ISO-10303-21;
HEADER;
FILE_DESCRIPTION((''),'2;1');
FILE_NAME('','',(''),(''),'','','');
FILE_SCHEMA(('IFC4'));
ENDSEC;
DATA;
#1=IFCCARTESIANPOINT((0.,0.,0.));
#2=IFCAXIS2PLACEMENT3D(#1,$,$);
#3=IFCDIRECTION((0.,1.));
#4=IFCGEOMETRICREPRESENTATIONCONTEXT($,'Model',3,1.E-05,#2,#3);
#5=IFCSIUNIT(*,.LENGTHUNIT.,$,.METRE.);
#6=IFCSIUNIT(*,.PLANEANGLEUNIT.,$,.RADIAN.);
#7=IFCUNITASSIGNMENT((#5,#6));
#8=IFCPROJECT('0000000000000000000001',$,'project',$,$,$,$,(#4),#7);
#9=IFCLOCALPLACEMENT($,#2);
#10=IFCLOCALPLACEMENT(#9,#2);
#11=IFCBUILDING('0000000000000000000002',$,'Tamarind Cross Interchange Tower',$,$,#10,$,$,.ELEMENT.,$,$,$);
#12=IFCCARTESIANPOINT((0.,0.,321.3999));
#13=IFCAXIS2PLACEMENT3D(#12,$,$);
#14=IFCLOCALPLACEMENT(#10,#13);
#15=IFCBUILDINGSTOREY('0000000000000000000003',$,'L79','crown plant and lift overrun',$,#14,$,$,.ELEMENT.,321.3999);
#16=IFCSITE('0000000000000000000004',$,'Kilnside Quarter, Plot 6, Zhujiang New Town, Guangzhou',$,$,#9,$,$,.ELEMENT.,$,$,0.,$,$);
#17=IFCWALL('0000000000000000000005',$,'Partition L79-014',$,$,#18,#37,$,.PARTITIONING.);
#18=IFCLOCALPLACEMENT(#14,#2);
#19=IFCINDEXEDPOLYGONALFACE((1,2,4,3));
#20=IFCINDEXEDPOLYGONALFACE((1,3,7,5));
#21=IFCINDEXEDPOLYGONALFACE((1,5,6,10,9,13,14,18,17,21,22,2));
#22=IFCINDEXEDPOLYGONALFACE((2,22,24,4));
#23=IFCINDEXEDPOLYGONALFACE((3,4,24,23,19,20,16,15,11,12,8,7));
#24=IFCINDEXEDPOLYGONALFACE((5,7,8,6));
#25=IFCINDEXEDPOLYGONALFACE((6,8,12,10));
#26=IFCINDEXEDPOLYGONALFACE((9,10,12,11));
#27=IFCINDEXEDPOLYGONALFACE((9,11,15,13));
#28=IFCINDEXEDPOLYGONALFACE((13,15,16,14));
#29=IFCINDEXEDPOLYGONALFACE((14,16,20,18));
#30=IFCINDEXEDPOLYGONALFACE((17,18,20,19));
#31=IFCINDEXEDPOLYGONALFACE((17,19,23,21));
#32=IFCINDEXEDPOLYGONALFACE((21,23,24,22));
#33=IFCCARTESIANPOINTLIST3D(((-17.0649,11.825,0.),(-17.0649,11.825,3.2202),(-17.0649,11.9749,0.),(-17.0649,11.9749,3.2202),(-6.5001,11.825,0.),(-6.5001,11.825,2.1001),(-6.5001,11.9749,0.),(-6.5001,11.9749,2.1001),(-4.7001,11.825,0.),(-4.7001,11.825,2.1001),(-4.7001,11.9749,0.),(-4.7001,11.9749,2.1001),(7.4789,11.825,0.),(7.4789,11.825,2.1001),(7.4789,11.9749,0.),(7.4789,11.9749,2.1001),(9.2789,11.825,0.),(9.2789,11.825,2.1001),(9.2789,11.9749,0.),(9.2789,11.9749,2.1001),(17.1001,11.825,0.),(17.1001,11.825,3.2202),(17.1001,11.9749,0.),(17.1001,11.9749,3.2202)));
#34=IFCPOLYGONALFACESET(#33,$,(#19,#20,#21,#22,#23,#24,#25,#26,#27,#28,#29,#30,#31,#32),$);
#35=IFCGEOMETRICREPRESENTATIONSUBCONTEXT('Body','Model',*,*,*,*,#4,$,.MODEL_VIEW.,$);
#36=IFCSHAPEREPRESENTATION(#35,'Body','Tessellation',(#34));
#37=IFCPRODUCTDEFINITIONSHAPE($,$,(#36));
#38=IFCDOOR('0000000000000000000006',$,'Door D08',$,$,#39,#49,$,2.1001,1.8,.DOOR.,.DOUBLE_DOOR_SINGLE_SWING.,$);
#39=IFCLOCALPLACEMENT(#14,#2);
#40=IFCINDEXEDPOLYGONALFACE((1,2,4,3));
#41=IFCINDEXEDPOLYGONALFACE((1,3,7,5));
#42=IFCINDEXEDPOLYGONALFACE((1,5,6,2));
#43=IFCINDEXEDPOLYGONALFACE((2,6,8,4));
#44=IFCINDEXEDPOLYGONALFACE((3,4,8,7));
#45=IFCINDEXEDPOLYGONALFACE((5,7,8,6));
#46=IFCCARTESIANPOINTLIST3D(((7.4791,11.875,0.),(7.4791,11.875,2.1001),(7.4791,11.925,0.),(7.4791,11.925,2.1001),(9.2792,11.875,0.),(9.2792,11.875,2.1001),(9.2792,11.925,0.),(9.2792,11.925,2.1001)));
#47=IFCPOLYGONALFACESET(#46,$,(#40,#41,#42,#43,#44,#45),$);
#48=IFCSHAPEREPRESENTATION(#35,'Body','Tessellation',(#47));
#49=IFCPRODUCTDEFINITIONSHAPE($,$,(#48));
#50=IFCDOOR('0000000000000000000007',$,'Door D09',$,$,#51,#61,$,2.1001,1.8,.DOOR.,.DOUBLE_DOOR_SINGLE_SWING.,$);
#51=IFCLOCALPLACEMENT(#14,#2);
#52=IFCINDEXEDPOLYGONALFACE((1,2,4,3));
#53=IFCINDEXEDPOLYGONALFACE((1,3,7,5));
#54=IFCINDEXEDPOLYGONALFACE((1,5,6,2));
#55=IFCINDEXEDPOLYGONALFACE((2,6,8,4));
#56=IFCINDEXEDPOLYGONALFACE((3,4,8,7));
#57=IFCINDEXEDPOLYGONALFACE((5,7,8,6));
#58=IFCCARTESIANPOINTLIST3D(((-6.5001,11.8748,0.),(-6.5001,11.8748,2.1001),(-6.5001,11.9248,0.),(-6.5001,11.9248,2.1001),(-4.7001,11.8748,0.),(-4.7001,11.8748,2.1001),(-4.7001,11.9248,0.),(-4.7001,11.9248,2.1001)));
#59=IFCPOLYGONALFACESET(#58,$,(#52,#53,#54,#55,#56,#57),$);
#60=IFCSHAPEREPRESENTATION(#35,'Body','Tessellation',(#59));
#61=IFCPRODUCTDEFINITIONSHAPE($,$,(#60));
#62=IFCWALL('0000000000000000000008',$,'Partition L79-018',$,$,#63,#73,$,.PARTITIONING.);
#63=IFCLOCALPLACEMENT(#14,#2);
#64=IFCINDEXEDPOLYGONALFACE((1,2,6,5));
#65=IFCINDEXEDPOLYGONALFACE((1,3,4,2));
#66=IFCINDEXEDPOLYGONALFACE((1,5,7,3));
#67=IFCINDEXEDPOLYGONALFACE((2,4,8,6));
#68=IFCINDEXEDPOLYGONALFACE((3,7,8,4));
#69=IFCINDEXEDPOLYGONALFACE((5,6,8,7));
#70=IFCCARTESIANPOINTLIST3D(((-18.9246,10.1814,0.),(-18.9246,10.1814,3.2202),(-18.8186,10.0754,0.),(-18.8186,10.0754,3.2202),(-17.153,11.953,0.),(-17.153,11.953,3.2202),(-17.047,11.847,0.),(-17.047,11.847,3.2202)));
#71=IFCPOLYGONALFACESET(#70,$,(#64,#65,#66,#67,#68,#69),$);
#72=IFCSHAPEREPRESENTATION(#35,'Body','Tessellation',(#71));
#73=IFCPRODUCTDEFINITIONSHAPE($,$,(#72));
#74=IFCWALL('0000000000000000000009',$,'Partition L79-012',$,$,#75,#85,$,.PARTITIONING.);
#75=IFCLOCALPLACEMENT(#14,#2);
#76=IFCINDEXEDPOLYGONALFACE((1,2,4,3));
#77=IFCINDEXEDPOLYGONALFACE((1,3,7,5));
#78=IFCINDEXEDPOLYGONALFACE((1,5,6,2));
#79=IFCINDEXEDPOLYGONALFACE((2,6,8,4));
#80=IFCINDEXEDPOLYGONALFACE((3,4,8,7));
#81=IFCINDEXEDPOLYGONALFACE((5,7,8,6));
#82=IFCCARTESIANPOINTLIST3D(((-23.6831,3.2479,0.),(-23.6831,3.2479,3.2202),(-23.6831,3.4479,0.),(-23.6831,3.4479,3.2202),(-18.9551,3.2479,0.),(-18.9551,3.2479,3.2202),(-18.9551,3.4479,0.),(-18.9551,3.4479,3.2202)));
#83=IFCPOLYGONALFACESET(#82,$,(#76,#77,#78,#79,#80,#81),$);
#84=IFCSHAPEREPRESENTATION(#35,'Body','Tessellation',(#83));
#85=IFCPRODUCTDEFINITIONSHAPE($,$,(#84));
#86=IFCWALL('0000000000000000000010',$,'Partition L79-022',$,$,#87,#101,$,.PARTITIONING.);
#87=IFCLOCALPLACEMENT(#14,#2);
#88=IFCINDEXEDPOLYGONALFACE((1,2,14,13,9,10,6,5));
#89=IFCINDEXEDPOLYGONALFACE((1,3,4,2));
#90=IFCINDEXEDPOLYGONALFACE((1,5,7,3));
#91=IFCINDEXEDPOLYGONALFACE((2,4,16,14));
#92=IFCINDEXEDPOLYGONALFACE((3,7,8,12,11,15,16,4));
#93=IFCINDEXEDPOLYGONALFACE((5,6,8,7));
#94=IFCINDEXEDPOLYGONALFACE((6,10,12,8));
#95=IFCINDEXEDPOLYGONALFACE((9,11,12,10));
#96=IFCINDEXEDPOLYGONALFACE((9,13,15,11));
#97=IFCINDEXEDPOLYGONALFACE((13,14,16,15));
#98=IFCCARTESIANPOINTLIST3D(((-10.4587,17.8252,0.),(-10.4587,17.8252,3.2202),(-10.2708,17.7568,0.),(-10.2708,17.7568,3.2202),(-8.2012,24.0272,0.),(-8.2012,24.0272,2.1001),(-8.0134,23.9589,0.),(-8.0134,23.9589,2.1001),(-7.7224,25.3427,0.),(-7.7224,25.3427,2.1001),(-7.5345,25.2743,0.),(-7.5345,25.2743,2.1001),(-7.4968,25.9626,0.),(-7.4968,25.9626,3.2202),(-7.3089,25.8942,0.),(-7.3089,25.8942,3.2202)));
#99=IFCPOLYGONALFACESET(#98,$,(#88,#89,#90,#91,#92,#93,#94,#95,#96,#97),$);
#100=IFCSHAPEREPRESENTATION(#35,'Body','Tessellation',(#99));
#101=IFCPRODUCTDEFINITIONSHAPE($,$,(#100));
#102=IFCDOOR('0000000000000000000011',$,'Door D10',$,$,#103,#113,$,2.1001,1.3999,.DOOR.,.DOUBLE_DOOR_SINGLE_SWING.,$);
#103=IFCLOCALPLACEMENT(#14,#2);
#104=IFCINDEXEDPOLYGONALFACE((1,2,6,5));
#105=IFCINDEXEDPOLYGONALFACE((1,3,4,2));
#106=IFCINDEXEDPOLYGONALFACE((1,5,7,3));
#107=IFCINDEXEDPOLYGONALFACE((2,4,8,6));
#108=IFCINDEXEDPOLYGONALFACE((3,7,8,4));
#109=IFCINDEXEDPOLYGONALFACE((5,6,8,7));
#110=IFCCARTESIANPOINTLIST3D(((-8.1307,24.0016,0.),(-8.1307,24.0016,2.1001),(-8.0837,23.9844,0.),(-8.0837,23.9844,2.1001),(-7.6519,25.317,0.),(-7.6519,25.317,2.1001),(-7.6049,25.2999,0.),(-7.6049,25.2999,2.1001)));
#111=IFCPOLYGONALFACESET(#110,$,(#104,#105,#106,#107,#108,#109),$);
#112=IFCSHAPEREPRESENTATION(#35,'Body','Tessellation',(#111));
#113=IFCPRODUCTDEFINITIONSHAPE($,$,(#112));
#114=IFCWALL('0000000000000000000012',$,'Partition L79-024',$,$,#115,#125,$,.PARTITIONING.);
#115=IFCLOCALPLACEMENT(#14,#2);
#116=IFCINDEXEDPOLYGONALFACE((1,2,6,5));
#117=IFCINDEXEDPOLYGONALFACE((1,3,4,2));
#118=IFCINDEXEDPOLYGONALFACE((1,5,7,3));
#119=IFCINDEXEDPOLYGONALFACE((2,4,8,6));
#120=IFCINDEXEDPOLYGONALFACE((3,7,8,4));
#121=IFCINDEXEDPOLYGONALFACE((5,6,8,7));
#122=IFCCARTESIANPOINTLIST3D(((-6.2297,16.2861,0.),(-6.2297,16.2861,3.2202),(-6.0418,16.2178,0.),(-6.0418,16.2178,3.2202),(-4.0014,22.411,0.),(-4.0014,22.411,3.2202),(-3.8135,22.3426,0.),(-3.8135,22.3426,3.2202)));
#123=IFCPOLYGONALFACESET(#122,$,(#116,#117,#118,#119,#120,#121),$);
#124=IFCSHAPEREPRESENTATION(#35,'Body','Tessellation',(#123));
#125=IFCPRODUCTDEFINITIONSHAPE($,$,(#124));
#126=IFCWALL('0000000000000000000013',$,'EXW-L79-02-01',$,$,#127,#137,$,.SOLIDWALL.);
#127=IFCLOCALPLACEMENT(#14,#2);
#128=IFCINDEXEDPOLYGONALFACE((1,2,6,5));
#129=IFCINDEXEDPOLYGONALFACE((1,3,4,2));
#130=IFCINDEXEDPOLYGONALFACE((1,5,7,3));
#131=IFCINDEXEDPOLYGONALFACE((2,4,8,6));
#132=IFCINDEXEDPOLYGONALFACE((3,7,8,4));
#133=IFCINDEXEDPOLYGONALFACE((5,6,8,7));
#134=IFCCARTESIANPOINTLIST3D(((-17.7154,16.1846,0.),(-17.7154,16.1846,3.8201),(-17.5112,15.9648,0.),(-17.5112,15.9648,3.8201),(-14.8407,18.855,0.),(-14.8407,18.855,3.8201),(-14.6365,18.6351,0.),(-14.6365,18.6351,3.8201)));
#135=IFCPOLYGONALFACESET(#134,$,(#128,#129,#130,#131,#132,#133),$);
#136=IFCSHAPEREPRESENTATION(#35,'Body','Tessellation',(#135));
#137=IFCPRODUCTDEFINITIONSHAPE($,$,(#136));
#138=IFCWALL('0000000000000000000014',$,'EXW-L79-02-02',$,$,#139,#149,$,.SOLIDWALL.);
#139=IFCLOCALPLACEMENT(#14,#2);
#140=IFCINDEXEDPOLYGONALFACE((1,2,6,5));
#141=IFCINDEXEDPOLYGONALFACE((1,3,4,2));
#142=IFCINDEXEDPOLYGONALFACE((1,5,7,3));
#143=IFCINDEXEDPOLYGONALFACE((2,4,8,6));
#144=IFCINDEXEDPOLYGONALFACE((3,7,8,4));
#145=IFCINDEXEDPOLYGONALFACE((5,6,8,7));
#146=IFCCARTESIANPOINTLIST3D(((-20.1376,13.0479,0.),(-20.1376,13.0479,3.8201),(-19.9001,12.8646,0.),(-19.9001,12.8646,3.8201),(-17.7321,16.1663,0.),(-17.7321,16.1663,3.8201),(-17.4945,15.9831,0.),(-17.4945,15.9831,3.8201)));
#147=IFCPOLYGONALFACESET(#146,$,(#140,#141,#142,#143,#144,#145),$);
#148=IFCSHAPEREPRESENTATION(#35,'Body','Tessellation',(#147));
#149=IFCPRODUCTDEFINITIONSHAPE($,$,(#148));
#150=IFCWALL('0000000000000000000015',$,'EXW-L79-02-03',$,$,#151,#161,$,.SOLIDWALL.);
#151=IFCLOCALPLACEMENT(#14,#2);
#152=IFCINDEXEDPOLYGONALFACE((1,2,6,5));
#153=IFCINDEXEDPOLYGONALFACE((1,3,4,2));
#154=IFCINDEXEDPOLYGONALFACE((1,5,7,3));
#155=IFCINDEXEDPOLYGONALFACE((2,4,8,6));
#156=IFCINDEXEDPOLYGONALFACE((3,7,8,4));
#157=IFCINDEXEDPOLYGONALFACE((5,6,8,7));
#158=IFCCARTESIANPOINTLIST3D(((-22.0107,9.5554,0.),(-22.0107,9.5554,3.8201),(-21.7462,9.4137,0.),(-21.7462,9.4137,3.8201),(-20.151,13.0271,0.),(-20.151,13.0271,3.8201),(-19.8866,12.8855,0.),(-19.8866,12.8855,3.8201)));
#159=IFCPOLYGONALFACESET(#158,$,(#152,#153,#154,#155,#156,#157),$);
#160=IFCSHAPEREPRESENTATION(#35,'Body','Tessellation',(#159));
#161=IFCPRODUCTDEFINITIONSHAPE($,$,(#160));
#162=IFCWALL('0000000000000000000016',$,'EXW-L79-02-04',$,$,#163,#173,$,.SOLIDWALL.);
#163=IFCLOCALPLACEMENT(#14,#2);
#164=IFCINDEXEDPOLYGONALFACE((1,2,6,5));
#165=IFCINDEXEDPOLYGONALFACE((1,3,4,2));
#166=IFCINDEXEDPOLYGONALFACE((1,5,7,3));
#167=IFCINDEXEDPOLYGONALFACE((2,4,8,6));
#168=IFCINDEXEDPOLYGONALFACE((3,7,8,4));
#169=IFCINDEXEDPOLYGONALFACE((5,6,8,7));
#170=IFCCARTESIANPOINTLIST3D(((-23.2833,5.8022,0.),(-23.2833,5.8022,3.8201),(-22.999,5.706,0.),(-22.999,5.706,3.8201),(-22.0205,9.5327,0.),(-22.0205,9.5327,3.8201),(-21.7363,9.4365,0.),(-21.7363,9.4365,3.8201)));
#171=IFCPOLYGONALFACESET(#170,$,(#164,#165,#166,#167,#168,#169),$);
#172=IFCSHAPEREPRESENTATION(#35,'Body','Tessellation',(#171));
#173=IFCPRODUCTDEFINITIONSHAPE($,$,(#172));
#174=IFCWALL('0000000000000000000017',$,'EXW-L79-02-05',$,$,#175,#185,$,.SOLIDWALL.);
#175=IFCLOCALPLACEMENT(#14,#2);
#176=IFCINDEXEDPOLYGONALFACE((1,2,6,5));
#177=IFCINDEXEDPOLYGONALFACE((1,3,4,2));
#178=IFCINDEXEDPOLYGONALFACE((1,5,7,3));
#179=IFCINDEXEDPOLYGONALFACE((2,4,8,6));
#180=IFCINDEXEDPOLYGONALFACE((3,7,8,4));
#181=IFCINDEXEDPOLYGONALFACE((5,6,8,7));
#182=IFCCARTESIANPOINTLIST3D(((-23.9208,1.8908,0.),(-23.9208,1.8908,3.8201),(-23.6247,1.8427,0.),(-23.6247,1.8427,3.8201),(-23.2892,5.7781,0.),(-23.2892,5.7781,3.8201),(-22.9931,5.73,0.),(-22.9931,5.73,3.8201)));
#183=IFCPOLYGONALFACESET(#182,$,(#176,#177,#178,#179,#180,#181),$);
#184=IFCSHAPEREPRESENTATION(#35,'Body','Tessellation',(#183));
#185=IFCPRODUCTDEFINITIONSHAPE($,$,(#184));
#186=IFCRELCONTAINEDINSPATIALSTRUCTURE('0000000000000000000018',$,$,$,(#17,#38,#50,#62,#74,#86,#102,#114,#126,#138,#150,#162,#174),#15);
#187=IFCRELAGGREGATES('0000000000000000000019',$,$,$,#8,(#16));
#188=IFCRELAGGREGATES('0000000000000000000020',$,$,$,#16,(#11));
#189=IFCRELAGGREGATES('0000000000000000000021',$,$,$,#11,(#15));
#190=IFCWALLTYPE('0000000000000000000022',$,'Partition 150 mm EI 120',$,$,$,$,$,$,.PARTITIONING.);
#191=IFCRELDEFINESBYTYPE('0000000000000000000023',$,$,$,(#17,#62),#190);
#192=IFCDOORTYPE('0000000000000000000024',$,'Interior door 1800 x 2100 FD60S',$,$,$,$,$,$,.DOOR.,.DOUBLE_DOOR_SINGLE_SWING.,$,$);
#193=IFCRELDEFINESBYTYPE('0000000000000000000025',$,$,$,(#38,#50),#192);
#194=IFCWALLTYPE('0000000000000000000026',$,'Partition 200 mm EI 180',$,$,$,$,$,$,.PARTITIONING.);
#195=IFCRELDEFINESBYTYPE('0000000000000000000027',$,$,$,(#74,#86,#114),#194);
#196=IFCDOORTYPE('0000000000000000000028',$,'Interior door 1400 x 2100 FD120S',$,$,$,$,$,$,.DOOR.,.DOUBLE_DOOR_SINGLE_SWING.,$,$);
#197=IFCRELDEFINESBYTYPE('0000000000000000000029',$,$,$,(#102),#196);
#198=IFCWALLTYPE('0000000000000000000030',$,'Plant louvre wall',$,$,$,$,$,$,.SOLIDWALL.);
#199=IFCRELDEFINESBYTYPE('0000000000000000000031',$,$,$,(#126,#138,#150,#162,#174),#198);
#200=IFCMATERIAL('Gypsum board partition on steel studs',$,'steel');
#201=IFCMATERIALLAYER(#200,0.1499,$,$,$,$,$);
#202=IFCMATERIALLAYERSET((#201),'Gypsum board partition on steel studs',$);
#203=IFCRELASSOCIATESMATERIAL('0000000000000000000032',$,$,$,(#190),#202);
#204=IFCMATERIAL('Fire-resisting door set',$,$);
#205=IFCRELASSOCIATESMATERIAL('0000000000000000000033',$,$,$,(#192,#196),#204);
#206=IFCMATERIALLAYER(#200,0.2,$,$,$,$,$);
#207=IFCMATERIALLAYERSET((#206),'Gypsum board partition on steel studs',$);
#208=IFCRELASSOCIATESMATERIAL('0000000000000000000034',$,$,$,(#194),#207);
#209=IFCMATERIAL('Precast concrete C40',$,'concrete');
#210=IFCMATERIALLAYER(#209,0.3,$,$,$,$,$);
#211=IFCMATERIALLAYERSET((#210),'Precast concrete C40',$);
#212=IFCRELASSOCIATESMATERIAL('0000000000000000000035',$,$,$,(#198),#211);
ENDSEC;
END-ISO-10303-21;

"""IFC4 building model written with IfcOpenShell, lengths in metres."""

from ifc_helpers import new_model, si_unit, direction, frame, frame_2d, origin, place, context, subcontext, project, spatial, rectangle, extrude, material, layer, layer_set, type_object, element, fill, save


model = new_model("IFC4")

# Units and contexts
model_context = context("Model", 3, precision=1e-05, world=origin(), true_north=direction((0.0, 1.0)))
body_context = subcontext(model_context, "Body", "Model", "MODEL_VIEW")
ifc_project = project(units=[si_unit("LENGTHUNIT", "METRE"), si_unit("PLANEANGLEUNIT", "RADIAN")], contexts=[model_context])

# Site, building, storey
site_placement = place(None, origin())
site = spatial("IfcSite", under=ifc_project, at=site_placement, Name="Kilnside Quarter, Plot 6, Zhujiang New Town, Guangzhou", CompositionType="ELEMENT", RefElevation=0.0)
building_placement = place(site_placement, origin())
building = spatial("IfcBuilding", under=site, at=building_placement, Name="Tamarind Cross Interchange Tower", CompositionType="ELEMENT")
storey_placement = place(building_placement, frame((0.0, 0.0, 321.3999)))
storey = spatial("IfcBuildingStorey", under=building, at=storey_placement, Name="L79", Description="crown plant and lift overrun", CompositionType="ELEMENT", Elevation=321.3999)

# Shared definitions
ifc_material_1 = material(Name="Gypsum board partition on steel studs", Category="steel")
ifc_layer_1 = layer(ifc_material_1, 0.1499)
ifc_layer_set_1 = layer_set([ifc_layer_1], Name="Gypsum board partition on steel studs")
wall_type_1 = type_object("IfcWallType", Name="Partition 150 mm EI 120", PredefinedType="PARTITIONING", material=ifc_layer_set_1)

# Wall, openings, doors
wall_1_placement = place(storey_placement, frame((-17.0649, 11.8999, 0.0), z_axis=(0.0, 0.0, 1.0), x_axis=(1.0, 0.0, 0.0)))
wall_1 = element("IfcWall", 1, at=wall_1_placement, inside=storey, type_object=wall_type_1, Name="Partition L79-014", PredefinedType="PARTITIONING", context=body_context, shape_type="SweptSolid", body=[
    extrude(rectangle(XDim=34.165, YDim=0.1499, at=frame_2d((17.0825, 0.0))), origin(), (0.0, 0.0, 1.0), 3.2202),
])
opening_1_placement = place(wall_1_placement, frame((24.5439, 0.0, 0.0)))
opening_1 = element("IfcOpeningElement", 2, at=opening_1_placement, cuts=wall_1, PredefinedType="OPENING", context=body_context, shape_type="SweptSolid", body=[
    extrude(rectangle(XDim=1.8, YDim=2.1001, at=frame_2d((0.8999, 1.05))), frame((0.0, 0.085, 0.0), z_axis=(0.0, -1.0, 0.0), x_axis=(1.0, 0.0, 0.0)), (0.0, 0.0, 1.0), 0.1699),
])
opening_2_placement = place(wall_1_placement, frame((10.5649, 0.0, 0.0)))
opening_2 = element("IfcOpeningElement", 3, at=opening_2_placement, cuts=wall_1, PredefinedType="OPENING", context=body_context, shape_type="SweptSolid", body=[
    extrude(rectangle(XDim=1.8, YDim=2.1001, at=frame_2d((0.8999, 1.05))), frame((0.0, 0.085, 0.0), z_axis=(0.0, -1.0, 0.0), x_axis=(1.0, 0.0, 0.0)), (0.0, 0.0, 1.0), 0.1699),
])
ifc_material_2 = material(Name="Fire-resisting door set")
door_type_1 = type_object("IfcDoorType", Name="Interior door 1800 x 2100 FD60S", OperationType="DOUBLE_DOOR_SINGLE_SWING", PredefinedType="DOOR", material=ifc_material_2)
door_1_placement = place(opening_1_placement, frame((1.8, 0.0, 0.0), z_axis=(0.0, 0.0, 1.0), x_axis=(-1.0, 0.0, 0.0)))
door_1 = element("IfcDoor", 4, at=door_1_placement, inside=storey, type_object=door_type_1, Name="Door D08", OperationType="DOUBLE_DOOR_SINGLE_SWING", OverallHeight=2.1001, OverallWidth=1.8, PredefinedType="DOOR", context=body_context, shape_type="SweptSolid", body=[
    extrude(rectangle(XDim=1.8, YDim=2.1001, at=frame_2d((0.8999, 1.05))), frame((0.0, 0.0249, 0.0), z_axis=(0.0, -1.0, 0.0), x_axis=(1.0, 0.0, 0.0)), (0.0, 0.0, 1.0), 0.05),
])
fill(opening_1, door_1)
door_2_placement = place(opening_2_placement, origin())
door_2 = element("IfcDoor", 5, at=door_2_placement, inside=storey, type_object=door_type_1, Name="Door D09", OperationType="DOUBLE_DOOR_SINGLE_SWING", OverallHeight=2.1001, OverallWidth=1.8, PredefinedType="DOOR", context=body_context, shape_type="SweptSolid", body=[
    extrude(rectangle(XDim=1.8, YDim=2.1001, at=frame_2d((0.8999, 1.05))), frame((0.0, 0.0249, 0.0), z_axis=(0.0, -1.0, 0.0), x_axis=(1.0, 0.0, 0.0)), (0.0, 0.0, 1.0), 0.05),
])
fill(opening_2, door_2)

# Walls
wall_2_placement = place(storey_placement, frame((-18.8716, 10.1284, 0.0), z_axis=(0.0, 0.0, 1.0), x_axis=(0.707107, 0.707107, 0.0)))
element("IfcWall", 6, at=wall_2_placement, inside=storey, type_object=wall_type_1, Name="Partition L79-018", PredefinedType="PARTITIONING", context=body_context, shape_type="SweptSolid", body=[
    extrude(rectangle(XDim=2.5054, YDim=0.1499, at=frame_2d((1.2527, 0.0))), origin(), (0.0, 0.0, 1.0), 3.2202),
])
ifc_layer_2 = layer(ifc_material_1, 0.2)
ifc_layer_set_2 = layer_set([ifc_layer_2], Name="Gypsum board partition on steel studs")
wall_type_2 = type_object("IfcWallType", Name="Partition 200 mm EI 180", PredefinedType="PARTITIONING", material=ifc_layer_set_2)
wall_3_placement = place(storey_placement, frame((-23.6831, 3.3479, 0.0), z_axis=(0.0, 0.0, 1.0), x_axis=(1.0, 0.0, 0.0)))
element("IfcWall", 7, at=wall_3_placement, inside=storey, type_object=wall_type_2, Name="Partition L79-012", PredefinedType="PARTITIONING", context=body_context, shape_type="SweptSolid", body=[
    extrude(rectangle(XDim=4.728, YDim=0.2, at=frame_2d((2.364, 0.0))), origin(), (0.0, 0.0, 1.0), 3.2202),
])

# Wall, opening, door
wall_4_placement = place(storey_placement, frame((-10.3647, 17.791, 0.0), z_axis=(0.0, 0.0, 1.0), x_axis=(0.342033, 0.939688, 0.0)))
wall_4 = element("IfcWall", 8, at=wall_4_placement, inside=storey, type_object=wall_type_2, Name="Partition L79-022", PredefinedType="PARTITIONING", context=body_context, shape_type="SweptSolid", body=[
    extrude(rectangle(XDim=8.6597, YDim=0.2, at=frame_2d((4.3298, 0.0))), origin(), (0.0, 0.0, 1.0), 3.2202),
])
opening_3_placement = place(wall_4_placement, frame((6.6001, 0.0, 0.0)))
opening_3 = element("IfcOpeningElement", 9, at=opening_3_placement, cuts=wall_4, PredefinedType="OPENING", context=body_context, shape_type="SweptSolid", body=[
    extrude(rectangle(XDim=1.3999, YDim=2.1001, at=frame_2d((0.7, 1.05))), frame((0.0, 0.1099, 0.0), z_axis=(0.0, -1.0, 0.0), x_axis=(1.0, 0.0, 0.0)), (0.0, 0.0, 1.0), 0.22),
])
door_type_2 = type_object("IfcDoorType", Name="Interior door 1400 x 2100 FD120S", OperationType="DOUBLE_DOOR_SINGLE_SWING", PredefinedType="DOOR", material=ifc_material_2)
door_3_placement = place(opening_3_placement, origin())
door_3 = element("IfcDoor", 10, at=door_3_placement, inside=storey, type_object=door_type_2, Name="Door D10", OperationType="DOUBLE_DOOR_SINGLE_SWING", OverallHeight=2.1001, OverallWidth=1.3999, PredefinedType="DOOR", context=body_context, shape_type="SweptSolid", body=[
    extrude(rectangle(XDim=1.3999, YDim=2.1001, at=frame_2d((0.7, 1.05))), frame((0.0, 0.0249, 0.0), z_axis=(0.0, -1.0, 0.0), x_axis=(1.0, 0.0, 0.0)), (0.0, 0.0, 1.0), 0.05),
])
fill(opening_3, door_3)

# Walls
wall_5_placement = place(storey_placement, frame((-6.1357, 16.252, 0.0), z_axis=(0.0, 0.0, 1.0), x_axis=(0.34189, 0.93974, 0.0)))
element("IfcWall", 11, at=wall_5_placement, inside=storey, type_object=wall_type_2, Name="Partition L79-024", PredefinedType="PARTITIONING", context=body_context, shape_type="SweptSolid", body=[
    extrude(rectangle(XDim=6.5176, YDim=0.2, at=frame_2d((3.2588, 0.0))), origin(), (0.0, 0.0, 1.0), 3.2202),
])
ifc_material_3 = material(Name="Precast concrete C40", Category="concrete")
ifc_layer_3 = layer(ifc_material_3, 0.3)
ifc_layer_set_3 = layer_set([ifc_layer_3], Name="Precast concrete C40")
wall_type_3 = type_object("IfcWallType", Name="Plant louvre wall", PredefinedType="SOLIDWALL", material=ifc_layer_set_3)
wall_6_placement = place(storey_placement, frame((-14.7385, 18.7451, 0.0), z_axis=(0.0, 0.0, 1.0), x_axis=(-0.732667, -0.680587, 0.0)))
element("IfcWall", 12, at=wall_6_placement, inside=storey, type_object=wall_type_3, Name="EXW-L79-02-01", PredefinedType="SOLIDWALL", context=body_context, shape_type="SweptSolid", body=[
    extrude(rectangle(XDim=3.9236, YDim=0.3, at=frame_2d((1.9619, 0.0))), origin(), (0.0, 0.0, 1.0), 3.8201),
])
for number, where, z_axis, x_axis, name in (
    (13, (-17.6133, 16.0747, 0.0), (0.0, 0.0, 1.0), (-0.610786, -0.791796, 0.0), "EXW-L79-02-02"),
    (14, (-20.0188, 12.9563, 0.0), (0.0, 0.0, 1.0), (-0.47218, -0.881502, 0.0), "EXW-L79-02-03"),
    (15, (-21.8784, 9.4846, 0.0), (0.0, 0.0, 1.0), (-0.320613, -0.94721, 0.0), "EXW-L79-02-04"),
):
    element("IfcWall", number, at=place(storey_placement, frame(where, z_axis=z_axis, x_axis=x_axis)), inside=storey, type_object=wall_type_3, Name=name, PredefinedType="SOLIDWALL", context=body_context, shape_type="SweptSolid", body=[
        extrude(rectangle(XDim=3.9385, YDim=0.3, at=frame_2d((1.9692, 0.0))), origin(), (0.0, 0.0, 1.0), 3.8201),
    ])
wall_7_placement = place(storey_placement, frame((-23.1411, 5.7542, 0.0), z_axis=(0.0, 0.0, 1.0), x_axis=(-0.160376, -0.987056, 0.0)))
element("IfcWall", 16, at=wall_7_placement, inside=storey, type_object=wall_type_3, Name="EXW-L79-02-05", PredefinedType="SOLIDWALL", context=body_context, shape_type="SweptSolid", body=[
    extrude(rectangle(XDim=3.9382, YDim=0.3, at=frame_2d((1.9692, 0.0))), origin(), (0.0, 0.0, 1.0), 3.8201),
])

save(model, "model.ifc")
